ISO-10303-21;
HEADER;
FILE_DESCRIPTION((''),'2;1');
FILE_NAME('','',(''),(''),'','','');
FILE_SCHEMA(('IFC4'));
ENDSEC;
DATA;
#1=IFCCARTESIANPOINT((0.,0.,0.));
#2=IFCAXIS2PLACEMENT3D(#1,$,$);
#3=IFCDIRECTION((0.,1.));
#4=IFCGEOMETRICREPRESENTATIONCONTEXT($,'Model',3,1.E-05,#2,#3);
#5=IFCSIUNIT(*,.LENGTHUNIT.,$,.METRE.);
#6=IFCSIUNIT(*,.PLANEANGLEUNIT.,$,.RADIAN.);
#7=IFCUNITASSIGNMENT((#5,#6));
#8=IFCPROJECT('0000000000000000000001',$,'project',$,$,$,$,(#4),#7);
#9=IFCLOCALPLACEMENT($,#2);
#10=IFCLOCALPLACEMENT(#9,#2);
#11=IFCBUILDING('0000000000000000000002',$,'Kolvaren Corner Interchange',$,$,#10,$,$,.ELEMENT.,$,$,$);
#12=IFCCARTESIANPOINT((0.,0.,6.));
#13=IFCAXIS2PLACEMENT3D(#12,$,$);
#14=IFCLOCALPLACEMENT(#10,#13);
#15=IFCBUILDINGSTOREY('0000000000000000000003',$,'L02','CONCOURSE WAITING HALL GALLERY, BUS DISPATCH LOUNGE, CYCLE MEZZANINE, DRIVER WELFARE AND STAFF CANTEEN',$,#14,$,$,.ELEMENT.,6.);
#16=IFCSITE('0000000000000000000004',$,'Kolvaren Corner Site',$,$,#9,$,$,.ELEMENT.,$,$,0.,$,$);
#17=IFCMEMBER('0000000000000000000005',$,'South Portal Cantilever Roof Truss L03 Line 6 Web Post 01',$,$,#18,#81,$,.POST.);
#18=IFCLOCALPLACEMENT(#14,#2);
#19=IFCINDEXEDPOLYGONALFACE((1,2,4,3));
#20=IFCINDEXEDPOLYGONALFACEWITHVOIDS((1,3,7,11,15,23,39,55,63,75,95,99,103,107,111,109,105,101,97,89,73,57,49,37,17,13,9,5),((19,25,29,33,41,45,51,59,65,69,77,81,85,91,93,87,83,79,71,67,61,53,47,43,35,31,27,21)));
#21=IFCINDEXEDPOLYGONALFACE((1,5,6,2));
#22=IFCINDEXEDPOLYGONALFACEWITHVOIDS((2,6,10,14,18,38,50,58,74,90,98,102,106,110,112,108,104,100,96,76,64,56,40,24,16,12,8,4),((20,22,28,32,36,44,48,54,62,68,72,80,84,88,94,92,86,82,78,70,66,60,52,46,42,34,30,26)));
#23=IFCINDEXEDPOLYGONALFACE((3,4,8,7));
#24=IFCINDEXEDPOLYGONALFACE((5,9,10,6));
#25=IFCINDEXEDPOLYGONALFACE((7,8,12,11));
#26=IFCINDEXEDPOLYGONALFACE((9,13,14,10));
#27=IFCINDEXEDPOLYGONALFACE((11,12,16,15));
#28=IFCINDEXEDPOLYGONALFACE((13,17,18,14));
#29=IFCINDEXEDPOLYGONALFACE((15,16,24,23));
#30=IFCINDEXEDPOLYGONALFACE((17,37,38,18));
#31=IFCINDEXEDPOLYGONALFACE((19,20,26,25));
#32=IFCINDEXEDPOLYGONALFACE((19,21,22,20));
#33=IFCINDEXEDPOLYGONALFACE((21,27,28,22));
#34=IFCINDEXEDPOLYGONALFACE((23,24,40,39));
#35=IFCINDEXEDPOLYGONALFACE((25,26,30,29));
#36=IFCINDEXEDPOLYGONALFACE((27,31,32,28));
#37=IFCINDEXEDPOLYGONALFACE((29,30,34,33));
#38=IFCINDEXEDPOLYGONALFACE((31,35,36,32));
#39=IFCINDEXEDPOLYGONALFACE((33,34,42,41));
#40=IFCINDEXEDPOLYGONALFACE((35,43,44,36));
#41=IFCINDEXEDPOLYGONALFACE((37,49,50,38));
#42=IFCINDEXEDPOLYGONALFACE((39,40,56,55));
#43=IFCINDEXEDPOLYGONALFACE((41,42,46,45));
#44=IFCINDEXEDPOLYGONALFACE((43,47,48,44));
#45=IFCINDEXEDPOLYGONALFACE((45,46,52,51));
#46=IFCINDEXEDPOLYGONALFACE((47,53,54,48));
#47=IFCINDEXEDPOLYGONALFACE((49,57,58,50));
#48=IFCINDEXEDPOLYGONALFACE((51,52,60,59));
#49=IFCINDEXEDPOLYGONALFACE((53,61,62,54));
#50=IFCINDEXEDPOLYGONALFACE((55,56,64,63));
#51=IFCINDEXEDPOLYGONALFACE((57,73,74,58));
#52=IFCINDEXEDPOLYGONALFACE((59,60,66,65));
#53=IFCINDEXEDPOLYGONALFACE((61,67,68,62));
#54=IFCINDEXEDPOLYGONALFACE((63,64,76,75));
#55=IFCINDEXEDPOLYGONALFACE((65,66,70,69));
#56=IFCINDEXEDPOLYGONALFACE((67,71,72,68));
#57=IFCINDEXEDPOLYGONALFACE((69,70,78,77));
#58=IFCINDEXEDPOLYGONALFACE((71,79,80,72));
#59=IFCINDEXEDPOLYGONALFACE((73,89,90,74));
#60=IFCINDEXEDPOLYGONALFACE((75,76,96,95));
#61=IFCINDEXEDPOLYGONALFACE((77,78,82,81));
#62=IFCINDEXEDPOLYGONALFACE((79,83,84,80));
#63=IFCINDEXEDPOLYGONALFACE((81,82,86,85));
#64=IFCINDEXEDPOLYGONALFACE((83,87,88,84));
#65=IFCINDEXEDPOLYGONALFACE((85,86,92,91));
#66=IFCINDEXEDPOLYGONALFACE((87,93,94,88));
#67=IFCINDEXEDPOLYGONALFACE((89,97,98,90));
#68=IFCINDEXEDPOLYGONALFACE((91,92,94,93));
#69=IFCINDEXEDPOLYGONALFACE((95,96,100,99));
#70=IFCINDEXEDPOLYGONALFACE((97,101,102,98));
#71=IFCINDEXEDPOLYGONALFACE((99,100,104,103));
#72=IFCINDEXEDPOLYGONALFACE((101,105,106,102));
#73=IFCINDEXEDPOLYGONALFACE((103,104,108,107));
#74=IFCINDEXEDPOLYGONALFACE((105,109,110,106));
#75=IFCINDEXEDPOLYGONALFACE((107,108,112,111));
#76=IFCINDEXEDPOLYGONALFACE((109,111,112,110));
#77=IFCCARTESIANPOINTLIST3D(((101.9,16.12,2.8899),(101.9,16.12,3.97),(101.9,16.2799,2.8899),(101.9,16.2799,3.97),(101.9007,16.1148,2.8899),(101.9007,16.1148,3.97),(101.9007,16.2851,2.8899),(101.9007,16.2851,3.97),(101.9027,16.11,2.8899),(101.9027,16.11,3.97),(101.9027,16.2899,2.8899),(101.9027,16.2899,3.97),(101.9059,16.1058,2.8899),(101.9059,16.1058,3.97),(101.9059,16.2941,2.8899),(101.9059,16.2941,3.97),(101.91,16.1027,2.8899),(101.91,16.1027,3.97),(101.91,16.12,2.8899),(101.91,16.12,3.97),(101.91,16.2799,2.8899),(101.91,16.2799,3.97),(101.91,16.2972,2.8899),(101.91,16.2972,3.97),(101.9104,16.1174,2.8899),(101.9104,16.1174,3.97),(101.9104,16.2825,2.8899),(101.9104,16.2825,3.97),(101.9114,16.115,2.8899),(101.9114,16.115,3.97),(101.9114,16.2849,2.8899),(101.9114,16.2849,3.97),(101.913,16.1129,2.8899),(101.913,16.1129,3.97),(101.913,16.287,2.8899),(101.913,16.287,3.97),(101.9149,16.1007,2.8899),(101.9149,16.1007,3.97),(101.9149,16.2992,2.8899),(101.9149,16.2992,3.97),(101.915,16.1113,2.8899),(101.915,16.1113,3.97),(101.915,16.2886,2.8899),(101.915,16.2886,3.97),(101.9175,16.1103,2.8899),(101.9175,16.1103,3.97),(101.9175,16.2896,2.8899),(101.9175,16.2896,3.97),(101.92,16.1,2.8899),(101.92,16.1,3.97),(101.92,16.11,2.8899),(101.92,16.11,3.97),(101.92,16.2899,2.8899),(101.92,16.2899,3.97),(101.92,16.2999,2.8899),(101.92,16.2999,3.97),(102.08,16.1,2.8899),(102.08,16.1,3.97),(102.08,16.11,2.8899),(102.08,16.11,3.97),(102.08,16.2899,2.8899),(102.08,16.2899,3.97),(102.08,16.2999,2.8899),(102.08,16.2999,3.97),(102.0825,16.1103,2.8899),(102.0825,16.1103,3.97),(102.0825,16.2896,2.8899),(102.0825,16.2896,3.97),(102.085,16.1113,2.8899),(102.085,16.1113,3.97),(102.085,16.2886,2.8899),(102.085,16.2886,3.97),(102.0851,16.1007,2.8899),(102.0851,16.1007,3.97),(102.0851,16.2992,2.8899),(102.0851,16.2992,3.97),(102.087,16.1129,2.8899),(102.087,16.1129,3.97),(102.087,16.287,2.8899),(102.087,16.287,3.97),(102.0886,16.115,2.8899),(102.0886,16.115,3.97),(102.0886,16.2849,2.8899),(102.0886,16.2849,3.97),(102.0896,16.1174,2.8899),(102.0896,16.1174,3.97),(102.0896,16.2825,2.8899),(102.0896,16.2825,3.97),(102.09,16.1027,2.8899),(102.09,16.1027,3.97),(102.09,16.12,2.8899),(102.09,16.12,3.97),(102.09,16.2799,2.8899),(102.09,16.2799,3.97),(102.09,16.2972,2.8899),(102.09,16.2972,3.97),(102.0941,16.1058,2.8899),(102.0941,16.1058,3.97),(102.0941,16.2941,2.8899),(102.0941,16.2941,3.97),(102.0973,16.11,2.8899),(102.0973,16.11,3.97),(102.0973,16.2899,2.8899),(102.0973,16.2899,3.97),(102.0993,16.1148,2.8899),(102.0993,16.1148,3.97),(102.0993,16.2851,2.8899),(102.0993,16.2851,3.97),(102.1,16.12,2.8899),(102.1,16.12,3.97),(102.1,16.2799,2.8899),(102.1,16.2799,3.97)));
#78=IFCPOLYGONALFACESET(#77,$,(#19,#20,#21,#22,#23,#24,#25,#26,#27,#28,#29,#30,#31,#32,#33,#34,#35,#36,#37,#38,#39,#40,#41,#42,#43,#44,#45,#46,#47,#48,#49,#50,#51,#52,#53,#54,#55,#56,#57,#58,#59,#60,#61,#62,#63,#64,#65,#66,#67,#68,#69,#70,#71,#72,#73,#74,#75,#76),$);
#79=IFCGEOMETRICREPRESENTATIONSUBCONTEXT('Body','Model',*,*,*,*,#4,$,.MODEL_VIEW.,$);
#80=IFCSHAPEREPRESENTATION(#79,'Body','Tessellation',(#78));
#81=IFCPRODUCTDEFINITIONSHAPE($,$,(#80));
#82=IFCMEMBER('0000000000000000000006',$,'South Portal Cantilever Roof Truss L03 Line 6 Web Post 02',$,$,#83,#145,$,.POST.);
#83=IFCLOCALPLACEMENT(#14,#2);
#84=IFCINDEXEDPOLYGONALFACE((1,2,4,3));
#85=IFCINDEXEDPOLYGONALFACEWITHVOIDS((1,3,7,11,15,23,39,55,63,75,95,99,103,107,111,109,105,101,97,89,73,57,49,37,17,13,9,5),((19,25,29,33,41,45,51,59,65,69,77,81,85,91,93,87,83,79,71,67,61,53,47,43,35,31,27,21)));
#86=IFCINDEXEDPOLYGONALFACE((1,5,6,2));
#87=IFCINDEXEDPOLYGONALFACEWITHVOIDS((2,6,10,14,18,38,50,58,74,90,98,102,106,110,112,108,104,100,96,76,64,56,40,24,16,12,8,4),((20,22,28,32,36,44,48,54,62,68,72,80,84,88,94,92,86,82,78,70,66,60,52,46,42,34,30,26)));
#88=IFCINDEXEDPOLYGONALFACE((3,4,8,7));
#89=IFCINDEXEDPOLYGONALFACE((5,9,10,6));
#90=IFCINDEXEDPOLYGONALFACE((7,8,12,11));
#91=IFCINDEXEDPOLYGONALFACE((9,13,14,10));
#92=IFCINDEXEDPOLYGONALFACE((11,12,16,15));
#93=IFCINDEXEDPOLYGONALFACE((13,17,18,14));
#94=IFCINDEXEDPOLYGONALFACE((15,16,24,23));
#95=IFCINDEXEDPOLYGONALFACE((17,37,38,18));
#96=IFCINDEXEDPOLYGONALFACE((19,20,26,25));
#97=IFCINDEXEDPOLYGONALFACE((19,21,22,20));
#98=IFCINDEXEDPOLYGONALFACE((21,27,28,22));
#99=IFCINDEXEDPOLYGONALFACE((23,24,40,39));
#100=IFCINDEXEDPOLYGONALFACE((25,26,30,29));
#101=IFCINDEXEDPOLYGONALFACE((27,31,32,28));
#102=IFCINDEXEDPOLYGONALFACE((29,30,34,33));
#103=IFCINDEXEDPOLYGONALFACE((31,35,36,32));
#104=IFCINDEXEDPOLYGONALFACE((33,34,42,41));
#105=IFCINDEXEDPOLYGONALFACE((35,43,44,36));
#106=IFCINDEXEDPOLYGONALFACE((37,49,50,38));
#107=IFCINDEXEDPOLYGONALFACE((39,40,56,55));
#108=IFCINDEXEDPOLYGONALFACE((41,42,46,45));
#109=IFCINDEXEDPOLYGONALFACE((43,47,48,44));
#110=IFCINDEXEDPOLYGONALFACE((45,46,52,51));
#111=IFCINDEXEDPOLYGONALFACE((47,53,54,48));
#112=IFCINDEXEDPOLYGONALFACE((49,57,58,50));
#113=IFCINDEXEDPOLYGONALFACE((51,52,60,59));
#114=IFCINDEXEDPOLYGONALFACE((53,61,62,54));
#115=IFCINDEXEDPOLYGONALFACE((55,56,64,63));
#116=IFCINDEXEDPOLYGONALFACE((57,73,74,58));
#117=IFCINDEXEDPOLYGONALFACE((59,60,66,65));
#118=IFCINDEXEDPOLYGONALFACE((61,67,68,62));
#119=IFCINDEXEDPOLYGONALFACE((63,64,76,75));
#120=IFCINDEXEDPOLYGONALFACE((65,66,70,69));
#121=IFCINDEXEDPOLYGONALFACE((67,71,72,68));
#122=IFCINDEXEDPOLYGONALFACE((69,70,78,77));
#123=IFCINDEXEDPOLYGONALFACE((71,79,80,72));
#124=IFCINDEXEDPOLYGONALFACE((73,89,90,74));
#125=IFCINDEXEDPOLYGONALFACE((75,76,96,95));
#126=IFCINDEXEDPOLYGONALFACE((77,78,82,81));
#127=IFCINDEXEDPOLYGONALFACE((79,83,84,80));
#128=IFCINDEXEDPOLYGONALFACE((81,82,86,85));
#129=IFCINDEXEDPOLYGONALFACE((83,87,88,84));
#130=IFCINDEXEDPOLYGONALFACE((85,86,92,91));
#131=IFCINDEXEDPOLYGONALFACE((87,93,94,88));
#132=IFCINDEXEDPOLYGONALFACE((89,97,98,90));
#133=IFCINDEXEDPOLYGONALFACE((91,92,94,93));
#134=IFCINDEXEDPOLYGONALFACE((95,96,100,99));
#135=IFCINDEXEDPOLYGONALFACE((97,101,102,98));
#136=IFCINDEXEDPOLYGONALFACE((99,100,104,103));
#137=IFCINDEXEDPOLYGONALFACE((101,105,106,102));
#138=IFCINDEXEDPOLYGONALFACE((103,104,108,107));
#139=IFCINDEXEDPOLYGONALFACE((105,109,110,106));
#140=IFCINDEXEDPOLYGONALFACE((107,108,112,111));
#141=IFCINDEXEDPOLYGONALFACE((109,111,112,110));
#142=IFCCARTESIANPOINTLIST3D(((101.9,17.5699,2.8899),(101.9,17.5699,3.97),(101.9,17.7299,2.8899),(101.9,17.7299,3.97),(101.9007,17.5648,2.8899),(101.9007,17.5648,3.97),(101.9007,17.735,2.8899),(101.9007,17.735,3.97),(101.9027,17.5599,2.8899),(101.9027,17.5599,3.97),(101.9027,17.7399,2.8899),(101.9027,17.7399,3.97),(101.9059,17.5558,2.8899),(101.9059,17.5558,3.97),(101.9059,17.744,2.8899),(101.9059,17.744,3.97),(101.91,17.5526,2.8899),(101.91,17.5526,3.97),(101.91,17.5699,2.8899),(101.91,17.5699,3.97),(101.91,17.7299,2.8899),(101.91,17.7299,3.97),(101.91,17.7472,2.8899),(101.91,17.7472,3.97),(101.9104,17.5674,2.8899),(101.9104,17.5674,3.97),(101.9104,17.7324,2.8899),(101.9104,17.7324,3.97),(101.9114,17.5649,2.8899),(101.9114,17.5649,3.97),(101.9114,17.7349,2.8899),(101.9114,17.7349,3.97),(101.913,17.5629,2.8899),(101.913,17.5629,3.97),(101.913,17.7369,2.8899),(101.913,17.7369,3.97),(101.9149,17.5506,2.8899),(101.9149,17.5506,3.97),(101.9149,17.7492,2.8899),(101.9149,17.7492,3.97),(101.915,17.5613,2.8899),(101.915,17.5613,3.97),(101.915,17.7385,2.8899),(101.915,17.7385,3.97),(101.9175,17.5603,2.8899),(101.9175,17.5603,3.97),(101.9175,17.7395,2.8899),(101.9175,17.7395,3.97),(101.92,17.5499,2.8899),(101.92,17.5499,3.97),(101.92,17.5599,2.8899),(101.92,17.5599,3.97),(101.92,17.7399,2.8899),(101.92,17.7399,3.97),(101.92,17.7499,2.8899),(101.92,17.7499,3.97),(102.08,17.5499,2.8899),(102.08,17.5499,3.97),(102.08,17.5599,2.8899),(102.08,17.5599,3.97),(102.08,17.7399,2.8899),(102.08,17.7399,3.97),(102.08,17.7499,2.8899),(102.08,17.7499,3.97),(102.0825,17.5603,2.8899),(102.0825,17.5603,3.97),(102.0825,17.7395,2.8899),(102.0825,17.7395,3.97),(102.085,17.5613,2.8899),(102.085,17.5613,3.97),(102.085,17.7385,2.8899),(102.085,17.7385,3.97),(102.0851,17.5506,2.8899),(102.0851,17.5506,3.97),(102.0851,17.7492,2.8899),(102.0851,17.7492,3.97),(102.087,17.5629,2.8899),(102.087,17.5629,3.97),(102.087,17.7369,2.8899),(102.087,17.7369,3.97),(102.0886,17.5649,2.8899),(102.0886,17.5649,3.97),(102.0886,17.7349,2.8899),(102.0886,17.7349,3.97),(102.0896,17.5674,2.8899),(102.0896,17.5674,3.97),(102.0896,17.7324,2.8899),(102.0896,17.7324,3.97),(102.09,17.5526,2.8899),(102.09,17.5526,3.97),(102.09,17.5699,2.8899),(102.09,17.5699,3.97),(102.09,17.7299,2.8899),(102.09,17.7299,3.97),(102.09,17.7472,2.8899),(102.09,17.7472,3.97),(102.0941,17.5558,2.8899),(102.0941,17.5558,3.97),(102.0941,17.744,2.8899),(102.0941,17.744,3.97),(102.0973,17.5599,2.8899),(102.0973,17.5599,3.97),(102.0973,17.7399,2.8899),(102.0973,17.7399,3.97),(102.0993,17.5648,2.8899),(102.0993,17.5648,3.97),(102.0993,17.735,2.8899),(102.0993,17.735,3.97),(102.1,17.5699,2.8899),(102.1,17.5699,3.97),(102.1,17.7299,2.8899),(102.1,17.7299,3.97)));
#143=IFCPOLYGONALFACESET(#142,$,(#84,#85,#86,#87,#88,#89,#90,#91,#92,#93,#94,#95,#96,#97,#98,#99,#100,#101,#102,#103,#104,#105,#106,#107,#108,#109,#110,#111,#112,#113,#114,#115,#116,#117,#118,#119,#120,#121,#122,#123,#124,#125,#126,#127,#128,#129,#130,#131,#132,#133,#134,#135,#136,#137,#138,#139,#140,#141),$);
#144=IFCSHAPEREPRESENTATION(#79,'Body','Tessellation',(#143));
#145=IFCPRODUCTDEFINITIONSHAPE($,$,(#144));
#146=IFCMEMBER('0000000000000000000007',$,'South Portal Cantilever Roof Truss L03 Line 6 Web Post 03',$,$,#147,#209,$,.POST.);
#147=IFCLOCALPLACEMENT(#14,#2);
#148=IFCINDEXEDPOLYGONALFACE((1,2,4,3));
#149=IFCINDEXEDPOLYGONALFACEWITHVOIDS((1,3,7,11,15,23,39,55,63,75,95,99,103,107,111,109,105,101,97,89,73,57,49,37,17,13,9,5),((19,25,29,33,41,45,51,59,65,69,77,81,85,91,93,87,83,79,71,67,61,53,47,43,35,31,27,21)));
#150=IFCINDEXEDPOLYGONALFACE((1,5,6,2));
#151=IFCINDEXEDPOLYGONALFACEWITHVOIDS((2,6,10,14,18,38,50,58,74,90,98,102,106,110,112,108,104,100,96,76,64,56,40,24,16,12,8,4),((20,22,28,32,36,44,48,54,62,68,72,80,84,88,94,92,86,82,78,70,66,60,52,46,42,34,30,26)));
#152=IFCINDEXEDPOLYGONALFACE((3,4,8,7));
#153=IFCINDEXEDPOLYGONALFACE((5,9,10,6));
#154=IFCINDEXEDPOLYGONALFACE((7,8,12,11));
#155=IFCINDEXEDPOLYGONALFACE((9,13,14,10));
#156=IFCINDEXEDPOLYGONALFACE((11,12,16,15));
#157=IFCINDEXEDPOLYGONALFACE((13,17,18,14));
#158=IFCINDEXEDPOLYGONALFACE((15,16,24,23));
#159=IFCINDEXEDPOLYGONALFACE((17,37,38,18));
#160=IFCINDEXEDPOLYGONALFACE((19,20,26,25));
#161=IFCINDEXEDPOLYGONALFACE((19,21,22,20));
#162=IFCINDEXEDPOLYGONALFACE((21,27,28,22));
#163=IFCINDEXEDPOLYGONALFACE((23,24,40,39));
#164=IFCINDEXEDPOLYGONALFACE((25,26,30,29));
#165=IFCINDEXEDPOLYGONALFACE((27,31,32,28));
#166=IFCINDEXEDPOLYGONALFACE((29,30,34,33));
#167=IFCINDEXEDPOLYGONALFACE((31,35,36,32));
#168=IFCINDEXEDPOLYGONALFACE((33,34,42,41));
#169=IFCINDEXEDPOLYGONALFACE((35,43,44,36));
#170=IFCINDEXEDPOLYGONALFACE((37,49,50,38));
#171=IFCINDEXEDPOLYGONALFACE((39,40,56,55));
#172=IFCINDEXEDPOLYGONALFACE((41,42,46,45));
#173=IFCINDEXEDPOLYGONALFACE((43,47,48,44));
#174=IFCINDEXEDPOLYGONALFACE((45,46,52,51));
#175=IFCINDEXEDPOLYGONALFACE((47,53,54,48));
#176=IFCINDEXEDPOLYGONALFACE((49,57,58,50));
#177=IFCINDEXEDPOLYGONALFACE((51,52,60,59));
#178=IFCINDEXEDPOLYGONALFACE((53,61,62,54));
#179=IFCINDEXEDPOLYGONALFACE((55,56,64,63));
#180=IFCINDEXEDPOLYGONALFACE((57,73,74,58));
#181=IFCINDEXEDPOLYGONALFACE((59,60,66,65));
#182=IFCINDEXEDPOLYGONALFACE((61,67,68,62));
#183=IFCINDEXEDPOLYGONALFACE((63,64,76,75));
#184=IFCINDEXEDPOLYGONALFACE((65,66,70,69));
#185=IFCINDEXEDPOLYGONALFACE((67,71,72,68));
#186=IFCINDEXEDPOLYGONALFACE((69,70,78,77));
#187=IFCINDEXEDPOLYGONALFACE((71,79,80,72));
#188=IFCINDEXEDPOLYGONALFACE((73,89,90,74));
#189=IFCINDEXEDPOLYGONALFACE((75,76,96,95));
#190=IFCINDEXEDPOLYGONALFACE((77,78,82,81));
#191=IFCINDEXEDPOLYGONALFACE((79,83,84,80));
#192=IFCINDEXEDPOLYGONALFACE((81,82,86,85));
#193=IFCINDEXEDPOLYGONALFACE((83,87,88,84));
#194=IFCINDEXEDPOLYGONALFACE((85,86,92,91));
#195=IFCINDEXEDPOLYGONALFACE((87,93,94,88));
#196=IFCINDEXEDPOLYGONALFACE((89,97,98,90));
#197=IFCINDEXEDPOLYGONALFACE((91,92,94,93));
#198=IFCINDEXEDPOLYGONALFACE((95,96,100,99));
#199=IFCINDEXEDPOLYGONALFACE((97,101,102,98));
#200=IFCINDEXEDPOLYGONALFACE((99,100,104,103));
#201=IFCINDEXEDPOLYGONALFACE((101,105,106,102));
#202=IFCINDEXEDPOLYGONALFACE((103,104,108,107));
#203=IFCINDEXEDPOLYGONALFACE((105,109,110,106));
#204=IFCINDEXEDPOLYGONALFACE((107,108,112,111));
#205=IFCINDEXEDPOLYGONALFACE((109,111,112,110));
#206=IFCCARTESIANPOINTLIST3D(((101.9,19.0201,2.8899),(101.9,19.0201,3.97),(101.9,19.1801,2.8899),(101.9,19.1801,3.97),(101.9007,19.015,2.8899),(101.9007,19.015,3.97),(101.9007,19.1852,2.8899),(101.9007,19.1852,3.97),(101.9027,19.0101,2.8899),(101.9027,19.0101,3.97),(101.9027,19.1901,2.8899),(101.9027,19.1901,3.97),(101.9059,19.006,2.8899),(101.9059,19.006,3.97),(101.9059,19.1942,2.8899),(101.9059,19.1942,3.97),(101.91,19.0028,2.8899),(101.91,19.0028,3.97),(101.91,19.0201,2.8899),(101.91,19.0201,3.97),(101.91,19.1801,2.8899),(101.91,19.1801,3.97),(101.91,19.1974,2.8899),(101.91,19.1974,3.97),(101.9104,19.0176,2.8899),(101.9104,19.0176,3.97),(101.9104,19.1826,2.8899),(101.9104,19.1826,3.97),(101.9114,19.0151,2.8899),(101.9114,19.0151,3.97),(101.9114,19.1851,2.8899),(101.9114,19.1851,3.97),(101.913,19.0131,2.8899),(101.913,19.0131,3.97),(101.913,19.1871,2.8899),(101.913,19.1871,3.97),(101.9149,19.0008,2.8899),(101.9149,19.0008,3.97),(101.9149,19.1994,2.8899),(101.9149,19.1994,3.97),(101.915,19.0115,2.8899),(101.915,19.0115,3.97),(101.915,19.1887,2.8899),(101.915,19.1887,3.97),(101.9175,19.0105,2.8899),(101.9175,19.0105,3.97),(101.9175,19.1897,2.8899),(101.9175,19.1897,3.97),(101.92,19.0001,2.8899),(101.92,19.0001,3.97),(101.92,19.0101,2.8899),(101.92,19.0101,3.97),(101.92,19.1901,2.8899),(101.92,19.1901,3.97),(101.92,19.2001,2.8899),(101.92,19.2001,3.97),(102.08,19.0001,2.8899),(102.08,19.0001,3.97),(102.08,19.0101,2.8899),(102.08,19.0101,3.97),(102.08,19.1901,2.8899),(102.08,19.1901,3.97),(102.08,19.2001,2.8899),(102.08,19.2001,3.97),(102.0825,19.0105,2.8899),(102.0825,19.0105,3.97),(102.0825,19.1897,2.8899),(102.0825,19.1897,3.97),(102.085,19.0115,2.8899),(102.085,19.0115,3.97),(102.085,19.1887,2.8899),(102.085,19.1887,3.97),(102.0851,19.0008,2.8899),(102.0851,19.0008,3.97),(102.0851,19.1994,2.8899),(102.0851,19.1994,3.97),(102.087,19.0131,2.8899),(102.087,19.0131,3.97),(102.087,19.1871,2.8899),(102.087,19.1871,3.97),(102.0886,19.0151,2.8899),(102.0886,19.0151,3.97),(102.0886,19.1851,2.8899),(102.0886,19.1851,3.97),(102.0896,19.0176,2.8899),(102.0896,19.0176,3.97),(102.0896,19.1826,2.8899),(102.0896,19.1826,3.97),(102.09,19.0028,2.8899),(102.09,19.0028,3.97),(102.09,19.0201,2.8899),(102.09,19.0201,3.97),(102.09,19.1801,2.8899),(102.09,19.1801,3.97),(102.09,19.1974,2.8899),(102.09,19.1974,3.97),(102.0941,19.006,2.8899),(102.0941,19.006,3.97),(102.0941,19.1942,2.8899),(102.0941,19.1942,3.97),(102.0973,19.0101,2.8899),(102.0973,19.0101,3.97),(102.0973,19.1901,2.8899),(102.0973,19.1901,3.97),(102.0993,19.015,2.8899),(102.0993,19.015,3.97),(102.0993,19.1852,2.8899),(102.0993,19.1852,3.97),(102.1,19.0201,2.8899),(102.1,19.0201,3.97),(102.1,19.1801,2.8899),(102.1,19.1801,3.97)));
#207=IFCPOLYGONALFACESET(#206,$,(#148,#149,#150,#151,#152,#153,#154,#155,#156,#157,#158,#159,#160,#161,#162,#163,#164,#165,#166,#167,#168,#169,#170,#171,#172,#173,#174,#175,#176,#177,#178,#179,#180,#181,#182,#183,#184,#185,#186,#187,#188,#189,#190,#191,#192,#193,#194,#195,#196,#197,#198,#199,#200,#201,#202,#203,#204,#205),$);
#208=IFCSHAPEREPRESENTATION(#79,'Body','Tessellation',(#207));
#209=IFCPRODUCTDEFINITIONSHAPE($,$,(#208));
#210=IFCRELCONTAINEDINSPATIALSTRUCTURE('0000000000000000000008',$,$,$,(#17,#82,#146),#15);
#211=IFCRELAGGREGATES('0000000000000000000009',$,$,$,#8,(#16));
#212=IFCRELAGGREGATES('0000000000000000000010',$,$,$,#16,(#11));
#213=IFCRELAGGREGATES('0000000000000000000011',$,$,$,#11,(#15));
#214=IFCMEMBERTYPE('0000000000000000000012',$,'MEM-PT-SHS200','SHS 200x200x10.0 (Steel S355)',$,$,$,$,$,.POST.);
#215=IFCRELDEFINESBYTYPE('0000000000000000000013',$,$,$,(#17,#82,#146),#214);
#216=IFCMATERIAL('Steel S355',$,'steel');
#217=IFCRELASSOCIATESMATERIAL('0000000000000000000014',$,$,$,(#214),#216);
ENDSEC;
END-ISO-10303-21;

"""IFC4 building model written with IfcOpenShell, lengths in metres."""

from ifc_helpers import new_model, si_unit, direction, frame, origin, origin_2d, place, context, subcontext, project, spatial, hollow_rectangle, extrude, material, material_profile, profile_set, type_object, element, save


model = new_model("IFC4")

# Units and contexts
model_context = context("Model", 3, precision=1e-05, world=origin(), true_north=direction((0.0, 1.0)))
body_context = subcontext(model_context, "Body", "Model", "MODEL_VIEW")
ifc_project = project(units=[si_unit("LENGTHUNIT", "METRE"), si_unit("PLANEANGLEUNIT", "RADIAN")], contexts=[model_context])

# Site, building, storey
site_placement = place(None, origin())
site = spatial("IfcSite", under=ifc_project, at=site_placement, Name="Kolvaren Corner Site", CompositionType="ELEMENT", RefElevation=0.0)
building_placement = place(site_placement, origin())
building = spatial("IfcBuilding", under=site, at=building_placement, Name="Kolvaren Corner Interchange", CompositionType="ELEMENT")
storey_placement = place(building_placement, frame((0.0, 0.0, 6.0)))
storey = spatial("IfcBuildingStorey", under=building, at=storey_placement, Name="L02", Description="CONCOURSE WAITING HALL GALLERY, BUS DISPATCH LOUNGE, CYCLE MEZZANINE, DRIVER WELFARE AND STAFF CANTEEN", CompositionType="ELEMENT", Elevation=6.0)

# Members
ifc_material_1 = material(Name="Steel S355", Category="steel")
ifc_material_profile_1 = material_profile(ifc_material_1, hollow_rectangle(XDim=0.2, YDim=0.2, WallThickness=0.01, InnerFilletRadius=0.01, OuterFilletRadius=0.02, at=origin_2d()), Name="SHS 200x200x10.0")
ifc_profile_set_1 = profile_set([ifc_material_profile_1], Name="Steel S355")
member_type_1 = type_object("IfcMemberType", Name="MEM-PT-SHS200", Description="SHS 200x200x10.0 (Steel S355)", PredefinedType="POST", material=ifc_profile_set_1)
for number, where, z_axis, x_axis, name in (
    (1, (102.0, 16.2, 2.8899), (0.0, 0.0, 1.0), (1.0, 0.0, 0.0), "South Portal Cantilever Roof Truss L03 Line 6 Web Post 01"),
    (2, (102.0, 17.6499, 2.8899), (0.0, 0.0, 1.0), (1.0, 0.0, 0.0), "South Portal Cantilever Roof Truss L03 Line 6 Web Post 02"),
    (3, (102.0, 19.1001, 2.8899), (0.0, 0.0, 1.0), (1.0, 0.0, 0.0), "South Portal Cantilever Roof Truss L03 Line 6 Web Post 03"),
):
    element("IfcMember", number, at=place(storey_placement, frame(where, z_axis=z_axis, x_axis=x_axis)), inside=storey, type_object=member_type_1, Name=name, PredefinedType="POST", context=body_context, shape_type="SweptSolid", body=[
        extrude(hollow_rectangle(XDim=0.2, YDim=0.2, WallThickness=0.01, InnerFilletRadius=0.01, OuterFilletRadius=0.02, at=origin_2d()), origin(), (0.0, 0.0, 1.0), 1.0801),
    ])

save(model, "model.ifc")
